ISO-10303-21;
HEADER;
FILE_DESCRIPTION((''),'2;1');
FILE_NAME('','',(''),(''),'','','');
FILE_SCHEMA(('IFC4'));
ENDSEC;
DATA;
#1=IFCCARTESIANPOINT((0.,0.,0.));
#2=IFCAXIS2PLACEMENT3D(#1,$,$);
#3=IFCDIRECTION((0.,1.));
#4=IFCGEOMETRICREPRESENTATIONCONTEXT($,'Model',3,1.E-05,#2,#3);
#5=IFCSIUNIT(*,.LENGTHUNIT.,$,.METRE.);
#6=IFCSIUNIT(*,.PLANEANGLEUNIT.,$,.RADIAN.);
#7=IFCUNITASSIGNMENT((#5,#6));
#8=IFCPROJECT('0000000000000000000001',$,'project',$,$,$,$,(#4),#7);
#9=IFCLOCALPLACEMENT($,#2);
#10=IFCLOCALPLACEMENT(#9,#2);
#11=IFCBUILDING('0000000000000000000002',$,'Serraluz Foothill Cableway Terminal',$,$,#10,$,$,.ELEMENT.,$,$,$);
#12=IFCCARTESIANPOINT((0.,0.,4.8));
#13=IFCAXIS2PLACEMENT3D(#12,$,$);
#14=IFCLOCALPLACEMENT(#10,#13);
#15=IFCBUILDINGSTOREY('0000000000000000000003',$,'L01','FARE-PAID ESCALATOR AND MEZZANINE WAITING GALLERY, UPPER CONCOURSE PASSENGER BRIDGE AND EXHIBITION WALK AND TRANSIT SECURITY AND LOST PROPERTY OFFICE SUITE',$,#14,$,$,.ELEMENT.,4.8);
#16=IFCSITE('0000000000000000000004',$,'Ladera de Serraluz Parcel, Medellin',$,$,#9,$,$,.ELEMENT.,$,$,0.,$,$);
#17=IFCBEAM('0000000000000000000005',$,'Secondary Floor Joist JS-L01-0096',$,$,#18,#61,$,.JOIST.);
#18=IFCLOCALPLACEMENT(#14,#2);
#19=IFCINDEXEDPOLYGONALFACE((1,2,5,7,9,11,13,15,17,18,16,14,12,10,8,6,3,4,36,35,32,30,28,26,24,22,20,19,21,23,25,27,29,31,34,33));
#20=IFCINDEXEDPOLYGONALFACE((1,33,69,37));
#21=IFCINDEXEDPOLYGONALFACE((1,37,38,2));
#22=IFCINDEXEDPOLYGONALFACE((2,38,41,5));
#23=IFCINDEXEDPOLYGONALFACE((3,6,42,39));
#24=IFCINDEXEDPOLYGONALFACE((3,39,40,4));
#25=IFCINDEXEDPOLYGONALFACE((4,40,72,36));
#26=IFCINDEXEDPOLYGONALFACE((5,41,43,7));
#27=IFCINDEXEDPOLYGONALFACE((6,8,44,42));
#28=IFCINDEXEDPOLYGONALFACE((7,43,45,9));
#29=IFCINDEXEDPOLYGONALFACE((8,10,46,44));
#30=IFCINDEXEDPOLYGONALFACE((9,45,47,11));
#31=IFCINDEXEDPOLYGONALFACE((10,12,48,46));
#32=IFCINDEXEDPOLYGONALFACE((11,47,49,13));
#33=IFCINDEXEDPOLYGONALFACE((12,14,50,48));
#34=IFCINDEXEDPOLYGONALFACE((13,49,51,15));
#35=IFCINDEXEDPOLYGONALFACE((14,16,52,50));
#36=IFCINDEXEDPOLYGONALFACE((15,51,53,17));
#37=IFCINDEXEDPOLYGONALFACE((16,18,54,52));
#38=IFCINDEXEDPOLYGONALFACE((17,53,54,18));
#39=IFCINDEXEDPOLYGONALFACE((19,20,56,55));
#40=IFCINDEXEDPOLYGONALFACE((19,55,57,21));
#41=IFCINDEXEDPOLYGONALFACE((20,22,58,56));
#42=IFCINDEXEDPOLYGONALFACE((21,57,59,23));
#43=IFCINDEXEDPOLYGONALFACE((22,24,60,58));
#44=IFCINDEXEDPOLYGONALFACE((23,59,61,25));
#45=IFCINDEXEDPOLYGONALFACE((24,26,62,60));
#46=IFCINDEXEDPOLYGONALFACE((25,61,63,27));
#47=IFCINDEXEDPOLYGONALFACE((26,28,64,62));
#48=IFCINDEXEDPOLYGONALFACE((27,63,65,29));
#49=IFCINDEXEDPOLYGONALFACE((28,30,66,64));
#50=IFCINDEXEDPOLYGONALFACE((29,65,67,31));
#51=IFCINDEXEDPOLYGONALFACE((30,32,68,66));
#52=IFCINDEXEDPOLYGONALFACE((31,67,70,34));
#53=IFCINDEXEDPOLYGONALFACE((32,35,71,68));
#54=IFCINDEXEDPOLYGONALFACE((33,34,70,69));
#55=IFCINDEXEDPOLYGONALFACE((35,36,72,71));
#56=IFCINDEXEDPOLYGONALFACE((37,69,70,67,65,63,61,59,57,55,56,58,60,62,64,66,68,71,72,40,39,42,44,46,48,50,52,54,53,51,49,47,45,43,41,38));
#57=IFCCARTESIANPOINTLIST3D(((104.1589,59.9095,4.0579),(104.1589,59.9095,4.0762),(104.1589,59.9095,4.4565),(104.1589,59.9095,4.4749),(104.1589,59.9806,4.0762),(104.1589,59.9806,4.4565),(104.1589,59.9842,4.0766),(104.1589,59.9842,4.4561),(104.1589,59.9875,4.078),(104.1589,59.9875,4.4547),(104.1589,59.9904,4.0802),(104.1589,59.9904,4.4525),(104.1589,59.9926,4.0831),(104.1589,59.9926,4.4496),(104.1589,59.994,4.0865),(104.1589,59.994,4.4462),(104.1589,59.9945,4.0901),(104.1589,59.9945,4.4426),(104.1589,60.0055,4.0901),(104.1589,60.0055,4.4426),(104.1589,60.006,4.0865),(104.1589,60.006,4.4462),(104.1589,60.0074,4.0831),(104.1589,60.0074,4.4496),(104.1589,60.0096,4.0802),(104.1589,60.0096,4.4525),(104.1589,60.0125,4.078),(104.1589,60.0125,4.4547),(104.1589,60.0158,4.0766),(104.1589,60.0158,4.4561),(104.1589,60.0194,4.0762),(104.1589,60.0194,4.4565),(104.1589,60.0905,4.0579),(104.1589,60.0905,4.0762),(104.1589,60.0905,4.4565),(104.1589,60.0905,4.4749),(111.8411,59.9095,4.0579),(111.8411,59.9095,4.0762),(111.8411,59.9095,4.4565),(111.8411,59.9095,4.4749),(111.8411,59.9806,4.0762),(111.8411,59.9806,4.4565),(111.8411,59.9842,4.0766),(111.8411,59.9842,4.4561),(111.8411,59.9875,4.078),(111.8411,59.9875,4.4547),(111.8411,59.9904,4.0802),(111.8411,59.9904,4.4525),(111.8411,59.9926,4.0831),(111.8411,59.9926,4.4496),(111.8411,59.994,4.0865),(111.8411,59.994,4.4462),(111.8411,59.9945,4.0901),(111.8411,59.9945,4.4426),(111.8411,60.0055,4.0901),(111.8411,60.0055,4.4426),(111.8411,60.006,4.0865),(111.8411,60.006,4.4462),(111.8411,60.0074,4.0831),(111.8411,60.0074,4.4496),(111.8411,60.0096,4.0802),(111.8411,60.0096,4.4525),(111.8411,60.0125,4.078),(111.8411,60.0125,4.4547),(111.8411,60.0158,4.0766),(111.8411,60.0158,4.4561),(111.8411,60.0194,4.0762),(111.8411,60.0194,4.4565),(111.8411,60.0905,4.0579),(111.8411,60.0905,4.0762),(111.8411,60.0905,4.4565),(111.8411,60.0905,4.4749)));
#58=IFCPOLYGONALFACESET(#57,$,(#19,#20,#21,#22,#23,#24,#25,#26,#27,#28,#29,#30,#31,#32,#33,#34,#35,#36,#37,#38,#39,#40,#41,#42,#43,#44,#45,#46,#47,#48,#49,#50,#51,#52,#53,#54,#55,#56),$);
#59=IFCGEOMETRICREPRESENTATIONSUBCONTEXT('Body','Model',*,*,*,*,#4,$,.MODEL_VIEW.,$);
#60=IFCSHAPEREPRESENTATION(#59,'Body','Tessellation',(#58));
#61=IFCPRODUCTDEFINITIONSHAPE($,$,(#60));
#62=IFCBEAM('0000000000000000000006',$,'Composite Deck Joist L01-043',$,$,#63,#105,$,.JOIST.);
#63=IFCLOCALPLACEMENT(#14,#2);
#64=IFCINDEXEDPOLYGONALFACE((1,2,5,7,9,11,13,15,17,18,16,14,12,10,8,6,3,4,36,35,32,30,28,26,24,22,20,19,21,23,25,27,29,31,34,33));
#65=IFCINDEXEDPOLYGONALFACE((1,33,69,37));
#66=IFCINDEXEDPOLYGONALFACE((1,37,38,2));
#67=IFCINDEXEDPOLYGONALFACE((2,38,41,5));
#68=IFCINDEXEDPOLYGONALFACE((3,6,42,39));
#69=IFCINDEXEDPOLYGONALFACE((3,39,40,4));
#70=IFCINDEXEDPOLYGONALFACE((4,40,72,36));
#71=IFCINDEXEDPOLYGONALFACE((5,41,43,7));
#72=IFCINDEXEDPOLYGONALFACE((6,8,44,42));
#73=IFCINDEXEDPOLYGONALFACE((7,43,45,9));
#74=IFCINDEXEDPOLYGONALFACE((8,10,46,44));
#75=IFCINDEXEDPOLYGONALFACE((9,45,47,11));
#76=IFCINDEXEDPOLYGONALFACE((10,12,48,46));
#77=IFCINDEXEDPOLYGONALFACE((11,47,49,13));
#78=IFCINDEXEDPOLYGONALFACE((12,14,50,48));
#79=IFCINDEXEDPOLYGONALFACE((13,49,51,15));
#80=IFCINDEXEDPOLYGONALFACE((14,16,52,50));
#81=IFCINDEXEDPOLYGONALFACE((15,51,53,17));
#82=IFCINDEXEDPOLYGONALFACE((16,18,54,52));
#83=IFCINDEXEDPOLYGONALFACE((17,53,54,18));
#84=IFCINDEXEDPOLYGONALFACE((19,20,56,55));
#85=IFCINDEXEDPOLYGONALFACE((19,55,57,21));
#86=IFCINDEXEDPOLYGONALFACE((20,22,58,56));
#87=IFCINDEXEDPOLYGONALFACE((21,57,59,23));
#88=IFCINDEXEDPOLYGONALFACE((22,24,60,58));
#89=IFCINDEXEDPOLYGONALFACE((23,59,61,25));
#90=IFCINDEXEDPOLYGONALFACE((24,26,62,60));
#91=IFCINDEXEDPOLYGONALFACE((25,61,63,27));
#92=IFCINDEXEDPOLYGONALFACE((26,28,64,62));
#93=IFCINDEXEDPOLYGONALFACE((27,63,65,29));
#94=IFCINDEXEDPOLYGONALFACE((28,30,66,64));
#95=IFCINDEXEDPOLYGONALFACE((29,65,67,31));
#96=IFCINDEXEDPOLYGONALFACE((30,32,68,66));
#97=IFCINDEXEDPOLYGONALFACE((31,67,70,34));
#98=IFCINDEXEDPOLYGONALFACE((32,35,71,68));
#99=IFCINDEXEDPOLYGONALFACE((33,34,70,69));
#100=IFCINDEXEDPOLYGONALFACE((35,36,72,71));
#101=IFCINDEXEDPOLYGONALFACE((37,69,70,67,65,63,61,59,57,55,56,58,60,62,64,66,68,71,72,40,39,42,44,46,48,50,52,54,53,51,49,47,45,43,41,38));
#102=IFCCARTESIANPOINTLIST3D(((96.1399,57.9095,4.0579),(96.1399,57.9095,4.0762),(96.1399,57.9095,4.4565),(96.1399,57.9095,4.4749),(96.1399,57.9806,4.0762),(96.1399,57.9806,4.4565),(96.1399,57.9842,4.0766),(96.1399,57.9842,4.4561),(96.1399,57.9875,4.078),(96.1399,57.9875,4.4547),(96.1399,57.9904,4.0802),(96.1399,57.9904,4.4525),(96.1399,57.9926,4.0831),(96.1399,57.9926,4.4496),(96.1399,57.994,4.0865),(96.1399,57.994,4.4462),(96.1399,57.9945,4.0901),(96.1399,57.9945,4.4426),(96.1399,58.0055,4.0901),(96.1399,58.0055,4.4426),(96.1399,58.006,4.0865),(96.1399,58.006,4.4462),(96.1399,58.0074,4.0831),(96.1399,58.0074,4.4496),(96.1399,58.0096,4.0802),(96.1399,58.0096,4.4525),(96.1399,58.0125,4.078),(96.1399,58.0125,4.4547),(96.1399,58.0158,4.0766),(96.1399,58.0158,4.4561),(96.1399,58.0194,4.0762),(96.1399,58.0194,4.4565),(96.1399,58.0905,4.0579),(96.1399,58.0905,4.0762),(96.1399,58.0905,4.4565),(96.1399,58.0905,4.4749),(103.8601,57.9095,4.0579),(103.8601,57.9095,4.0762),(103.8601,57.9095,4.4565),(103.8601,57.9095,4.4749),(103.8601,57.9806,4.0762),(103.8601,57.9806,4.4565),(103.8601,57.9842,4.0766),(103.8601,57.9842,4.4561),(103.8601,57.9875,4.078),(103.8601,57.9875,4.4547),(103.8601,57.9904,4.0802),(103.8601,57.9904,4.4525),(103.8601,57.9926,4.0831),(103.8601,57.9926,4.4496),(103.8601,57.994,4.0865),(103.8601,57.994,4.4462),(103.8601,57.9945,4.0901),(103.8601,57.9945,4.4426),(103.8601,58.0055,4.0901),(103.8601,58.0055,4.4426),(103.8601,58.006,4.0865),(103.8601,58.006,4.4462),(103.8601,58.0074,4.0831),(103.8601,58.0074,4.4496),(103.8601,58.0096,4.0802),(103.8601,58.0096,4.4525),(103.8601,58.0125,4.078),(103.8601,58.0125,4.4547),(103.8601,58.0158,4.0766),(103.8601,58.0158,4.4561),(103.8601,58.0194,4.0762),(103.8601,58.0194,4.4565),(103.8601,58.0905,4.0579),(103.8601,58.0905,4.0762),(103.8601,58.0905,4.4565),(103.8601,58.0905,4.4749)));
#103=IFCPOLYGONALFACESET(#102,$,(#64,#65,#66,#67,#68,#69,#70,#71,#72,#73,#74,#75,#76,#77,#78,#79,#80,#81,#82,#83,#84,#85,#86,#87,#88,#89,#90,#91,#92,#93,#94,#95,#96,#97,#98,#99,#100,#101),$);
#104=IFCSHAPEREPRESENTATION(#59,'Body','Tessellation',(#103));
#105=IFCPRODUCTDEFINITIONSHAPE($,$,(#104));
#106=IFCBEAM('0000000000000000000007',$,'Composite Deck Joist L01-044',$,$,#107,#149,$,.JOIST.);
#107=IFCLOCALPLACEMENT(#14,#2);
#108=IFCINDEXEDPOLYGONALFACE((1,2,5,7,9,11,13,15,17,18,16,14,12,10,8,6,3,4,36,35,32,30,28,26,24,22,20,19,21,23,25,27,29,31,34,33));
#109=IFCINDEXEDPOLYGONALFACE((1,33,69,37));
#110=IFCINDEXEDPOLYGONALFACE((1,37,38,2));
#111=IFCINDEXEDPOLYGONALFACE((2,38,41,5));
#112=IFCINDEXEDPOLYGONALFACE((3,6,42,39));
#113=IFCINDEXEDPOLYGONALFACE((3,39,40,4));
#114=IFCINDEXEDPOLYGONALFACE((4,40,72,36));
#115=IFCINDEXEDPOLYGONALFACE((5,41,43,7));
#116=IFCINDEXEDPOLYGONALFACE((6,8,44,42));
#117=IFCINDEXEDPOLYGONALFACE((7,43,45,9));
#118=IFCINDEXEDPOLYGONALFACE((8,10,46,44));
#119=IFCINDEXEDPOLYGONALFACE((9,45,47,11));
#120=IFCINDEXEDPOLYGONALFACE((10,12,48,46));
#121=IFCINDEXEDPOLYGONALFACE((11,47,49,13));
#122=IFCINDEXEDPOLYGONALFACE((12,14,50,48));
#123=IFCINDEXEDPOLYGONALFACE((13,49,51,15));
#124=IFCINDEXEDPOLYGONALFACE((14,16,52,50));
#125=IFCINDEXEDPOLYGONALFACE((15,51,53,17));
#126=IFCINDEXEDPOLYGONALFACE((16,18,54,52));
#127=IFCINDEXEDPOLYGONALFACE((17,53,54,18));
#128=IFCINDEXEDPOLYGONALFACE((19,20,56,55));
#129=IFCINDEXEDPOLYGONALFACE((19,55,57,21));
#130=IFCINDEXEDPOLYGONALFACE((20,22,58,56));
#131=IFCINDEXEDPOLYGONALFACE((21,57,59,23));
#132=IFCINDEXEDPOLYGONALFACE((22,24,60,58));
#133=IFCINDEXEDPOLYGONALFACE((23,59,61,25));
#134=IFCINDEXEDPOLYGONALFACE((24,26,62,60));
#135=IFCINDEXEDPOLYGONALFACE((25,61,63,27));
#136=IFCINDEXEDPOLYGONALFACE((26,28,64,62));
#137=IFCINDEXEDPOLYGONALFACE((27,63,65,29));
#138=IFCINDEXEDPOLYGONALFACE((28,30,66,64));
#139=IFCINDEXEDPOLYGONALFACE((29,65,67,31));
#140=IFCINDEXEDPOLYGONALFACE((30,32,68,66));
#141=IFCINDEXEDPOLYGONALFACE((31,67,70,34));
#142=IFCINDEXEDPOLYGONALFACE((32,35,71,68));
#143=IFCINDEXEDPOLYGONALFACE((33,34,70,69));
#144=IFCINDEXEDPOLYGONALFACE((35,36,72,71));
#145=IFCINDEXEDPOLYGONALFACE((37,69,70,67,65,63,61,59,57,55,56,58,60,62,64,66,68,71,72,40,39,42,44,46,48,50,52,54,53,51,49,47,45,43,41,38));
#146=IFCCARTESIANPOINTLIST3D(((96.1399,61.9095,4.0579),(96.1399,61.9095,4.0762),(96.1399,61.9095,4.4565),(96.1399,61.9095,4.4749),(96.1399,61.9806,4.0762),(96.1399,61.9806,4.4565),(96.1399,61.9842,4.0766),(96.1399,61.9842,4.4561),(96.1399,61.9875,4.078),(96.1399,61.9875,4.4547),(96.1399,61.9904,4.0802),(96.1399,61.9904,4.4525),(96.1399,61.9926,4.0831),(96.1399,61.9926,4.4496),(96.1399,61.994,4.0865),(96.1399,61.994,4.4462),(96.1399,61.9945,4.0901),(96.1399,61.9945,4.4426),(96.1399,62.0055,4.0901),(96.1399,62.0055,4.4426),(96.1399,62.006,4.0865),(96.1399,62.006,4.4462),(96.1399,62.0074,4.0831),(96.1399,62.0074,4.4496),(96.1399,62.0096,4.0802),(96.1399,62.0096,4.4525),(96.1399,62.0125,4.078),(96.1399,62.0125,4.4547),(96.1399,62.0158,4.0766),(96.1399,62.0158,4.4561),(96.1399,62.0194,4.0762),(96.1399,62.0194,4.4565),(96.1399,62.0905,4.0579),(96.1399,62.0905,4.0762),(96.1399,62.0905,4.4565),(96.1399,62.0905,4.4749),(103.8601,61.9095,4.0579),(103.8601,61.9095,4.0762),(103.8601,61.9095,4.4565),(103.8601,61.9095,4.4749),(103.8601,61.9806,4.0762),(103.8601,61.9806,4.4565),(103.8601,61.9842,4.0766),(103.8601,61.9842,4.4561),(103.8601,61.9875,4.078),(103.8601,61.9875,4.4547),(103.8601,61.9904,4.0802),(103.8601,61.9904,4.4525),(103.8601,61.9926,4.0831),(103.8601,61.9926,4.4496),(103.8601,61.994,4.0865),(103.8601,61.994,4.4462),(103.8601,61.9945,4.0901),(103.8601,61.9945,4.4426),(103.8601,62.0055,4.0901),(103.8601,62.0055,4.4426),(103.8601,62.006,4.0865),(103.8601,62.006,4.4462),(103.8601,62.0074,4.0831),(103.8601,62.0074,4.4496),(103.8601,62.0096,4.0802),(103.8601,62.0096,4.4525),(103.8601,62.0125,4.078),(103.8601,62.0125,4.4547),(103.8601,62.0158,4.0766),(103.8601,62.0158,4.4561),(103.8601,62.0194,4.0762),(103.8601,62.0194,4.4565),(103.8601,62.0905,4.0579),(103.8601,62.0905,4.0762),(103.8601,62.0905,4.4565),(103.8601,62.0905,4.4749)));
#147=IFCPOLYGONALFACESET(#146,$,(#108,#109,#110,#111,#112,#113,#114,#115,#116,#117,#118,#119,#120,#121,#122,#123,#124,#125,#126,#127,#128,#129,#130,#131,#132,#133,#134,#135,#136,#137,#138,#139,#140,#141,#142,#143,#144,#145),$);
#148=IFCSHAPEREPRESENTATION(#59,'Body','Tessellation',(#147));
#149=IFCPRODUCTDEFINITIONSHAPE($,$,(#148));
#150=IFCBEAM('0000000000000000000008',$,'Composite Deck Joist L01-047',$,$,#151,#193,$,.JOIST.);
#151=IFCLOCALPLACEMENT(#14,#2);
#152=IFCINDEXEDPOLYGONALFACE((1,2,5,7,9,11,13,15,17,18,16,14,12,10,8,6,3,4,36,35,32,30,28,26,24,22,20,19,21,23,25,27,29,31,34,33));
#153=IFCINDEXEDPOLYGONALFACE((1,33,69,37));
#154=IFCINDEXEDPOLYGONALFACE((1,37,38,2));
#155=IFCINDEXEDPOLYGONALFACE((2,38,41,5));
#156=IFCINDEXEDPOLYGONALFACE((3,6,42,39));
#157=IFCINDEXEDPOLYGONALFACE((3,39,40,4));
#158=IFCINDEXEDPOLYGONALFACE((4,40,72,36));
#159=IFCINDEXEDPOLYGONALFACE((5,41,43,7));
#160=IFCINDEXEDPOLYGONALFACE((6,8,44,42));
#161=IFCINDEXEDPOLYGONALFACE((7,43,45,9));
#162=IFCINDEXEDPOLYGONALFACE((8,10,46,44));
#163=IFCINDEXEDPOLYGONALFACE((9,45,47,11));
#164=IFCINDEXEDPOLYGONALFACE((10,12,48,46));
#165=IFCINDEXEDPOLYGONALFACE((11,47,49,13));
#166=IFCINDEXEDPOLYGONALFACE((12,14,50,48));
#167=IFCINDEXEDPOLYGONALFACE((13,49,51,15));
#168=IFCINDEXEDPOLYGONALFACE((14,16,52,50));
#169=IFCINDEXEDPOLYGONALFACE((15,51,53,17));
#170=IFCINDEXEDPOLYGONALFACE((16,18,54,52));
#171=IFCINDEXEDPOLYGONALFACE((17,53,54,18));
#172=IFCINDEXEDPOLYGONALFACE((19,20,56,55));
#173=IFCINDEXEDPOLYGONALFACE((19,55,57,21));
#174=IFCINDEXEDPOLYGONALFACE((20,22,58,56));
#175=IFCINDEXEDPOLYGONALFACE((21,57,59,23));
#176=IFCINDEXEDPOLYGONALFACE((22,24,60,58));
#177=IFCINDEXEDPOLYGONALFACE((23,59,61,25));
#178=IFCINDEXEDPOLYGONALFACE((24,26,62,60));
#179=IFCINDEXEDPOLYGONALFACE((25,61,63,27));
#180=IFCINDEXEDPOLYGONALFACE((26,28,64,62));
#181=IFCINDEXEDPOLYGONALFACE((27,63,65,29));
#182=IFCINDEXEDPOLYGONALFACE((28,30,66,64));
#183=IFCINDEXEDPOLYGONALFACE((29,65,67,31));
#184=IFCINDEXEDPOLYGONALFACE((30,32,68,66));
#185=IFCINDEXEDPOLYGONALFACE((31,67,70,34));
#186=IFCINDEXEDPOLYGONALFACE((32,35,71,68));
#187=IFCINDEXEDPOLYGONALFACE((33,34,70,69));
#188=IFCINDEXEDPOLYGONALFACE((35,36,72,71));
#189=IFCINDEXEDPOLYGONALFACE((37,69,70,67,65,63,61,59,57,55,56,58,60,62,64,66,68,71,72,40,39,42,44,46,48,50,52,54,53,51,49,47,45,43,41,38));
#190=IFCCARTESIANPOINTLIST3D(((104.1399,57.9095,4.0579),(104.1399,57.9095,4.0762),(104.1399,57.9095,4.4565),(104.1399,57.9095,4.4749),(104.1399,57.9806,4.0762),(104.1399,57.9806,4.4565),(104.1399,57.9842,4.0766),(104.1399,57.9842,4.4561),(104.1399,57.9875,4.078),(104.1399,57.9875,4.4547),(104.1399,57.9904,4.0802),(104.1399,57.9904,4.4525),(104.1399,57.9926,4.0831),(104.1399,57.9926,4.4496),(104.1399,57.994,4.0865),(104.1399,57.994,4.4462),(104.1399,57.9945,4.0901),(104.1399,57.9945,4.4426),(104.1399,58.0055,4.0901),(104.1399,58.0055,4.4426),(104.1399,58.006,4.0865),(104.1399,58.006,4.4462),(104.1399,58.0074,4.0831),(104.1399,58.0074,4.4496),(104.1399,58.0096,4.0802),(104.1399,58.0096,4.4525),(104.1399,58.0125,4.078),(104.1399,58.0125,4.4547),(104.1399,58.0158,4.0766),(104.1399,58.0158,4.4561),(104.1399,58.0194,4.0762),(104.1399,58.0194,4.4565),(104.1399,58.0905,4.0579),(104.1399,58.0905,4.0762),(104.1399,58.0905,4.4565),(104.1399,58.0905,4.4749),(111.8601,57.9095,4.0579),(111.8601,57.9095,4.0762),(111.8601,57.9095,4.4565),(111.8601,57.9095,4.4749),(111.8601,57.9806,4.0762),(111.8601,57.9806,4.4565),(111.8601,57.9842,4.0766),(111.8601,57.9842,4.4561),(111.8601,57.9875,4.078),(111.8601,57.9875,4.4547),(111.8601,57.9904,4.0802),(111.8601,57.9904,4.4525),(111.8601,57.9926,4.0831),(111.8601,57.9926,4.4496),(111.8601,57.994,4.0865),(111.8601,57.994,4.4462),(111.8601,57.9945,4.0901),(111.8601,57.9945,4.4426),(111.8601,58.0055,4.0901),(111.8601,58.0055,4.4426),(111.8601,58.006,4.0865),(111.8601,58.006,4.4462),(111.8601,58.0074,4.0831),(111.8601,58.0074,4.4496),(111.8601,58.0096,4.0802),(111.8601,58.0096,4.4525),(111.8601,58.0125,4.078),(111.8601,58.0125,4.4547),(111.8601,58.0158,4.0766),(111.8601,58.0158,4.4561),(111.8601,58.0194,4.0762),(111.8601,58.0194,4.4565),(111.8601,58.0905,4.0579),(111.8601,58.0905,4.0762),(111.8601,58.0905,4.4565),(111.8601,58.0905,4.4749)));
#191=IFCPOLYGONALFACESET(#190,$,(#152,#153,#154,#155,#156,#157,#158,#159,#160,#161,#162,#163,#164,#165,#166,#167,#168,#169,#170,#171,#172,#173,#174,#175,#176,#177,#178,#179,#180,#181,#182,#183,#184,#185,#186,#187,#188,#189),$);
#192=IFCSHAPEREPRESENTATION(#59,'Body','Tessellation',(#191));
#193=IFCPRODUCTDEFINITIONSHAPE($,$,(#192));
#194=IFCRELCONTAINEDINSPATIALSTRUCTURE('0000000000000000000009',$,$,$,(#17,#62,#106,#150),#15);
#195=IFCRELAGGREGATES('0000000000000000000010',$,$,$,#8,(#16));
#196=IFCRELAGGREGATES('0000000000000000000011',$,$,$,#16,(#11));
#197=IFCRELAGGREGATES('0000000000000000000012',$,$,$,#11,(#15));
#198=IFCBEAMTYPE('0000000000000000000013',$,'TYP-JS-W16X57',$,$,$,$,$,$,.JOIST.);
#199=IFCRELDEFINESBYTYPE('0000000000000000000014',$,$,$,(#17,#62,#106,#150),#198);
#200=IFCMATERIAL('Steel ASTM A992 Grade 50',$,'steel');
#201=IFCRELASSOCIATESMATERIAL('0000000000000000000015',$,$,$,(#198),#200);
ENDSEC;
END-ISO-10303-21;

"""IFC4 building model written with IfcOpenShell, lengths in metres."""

from ifc_helpers import new_model, si_unit, direction, frame, origin, origin_2d, place, context, subcontext, project, spatial, i_section, extrude, material, material_profile, profile_set, type_object, element, save


model = new_model("IFC4")

# Units and contexts
model_context = context("Model", 3, precision=1e-05, world=origin(), true_north=direction((0.0, 1.0)))
body_context = subcontext(model_context, "Body", "Model", "MODEL_VIEW")
ifc_project = project(units=[si_unit("LENGTHUNIT", "METRE"), si_unit("PLANEANGLEUNIT", "RADIAN")], contexts=[model_context])

# Site, building, storey
site_placement = place(None, origin())
site = spatial("IfcSite", under=ifc_project, at=site_placement, Name="Ladera de Serraluz Parcel, Medellin", CompositionType="ELEMENT", RefElevation=0.0)
building_placement = place(site_placement, origin())
building = spatial("IfcBuilding", under=site, at=building_placement, Name="Serraluz Foothill Cableway Terminal", CompositionType="ELEMENT")
storey_placement = place(building_placement, frame((0.0, 0.0, 4.8)))
storey = spatial("IfcBuildingStorey", under=building, at=storey_placement, Name="L01", Description="FARE-PAID ESCALATOR AND MEZZANINE WAITING GALLERY, UPPER CONCOURSE PASSENGER BRIDGE AND EXHIBITION WALK AND TRANSIT SECURITY AND LOST PROPERTY OFFICE SUITE", CompositionType="ELEMENT", Elevation=4.8)

# Beams
ifc_material_1 = material(Name="Steel ASTM A992 Grade 50", Category="steel")
ifc_material_profile_1 = material_profile(ifc_material_1, i_section(OverallWidth=0.1809, OverallDepth=0.417, WebThickness=0.011, FlangeThickness=0.0183, FilletRadius=0.0139, at=origin_2d()), Name="W16X57")
ifc_profile_set_1 = profile_set([ifc_material_profile_1], Name="Steel ASTM A992 Grade 50")
beam_type_1 = type_object("IfcBeamType", Name="TYP-JS-W16X57", PredefinedType="JOIST", material=ifc_profile_set_1)
for number, where, z_axis, x_axis, name in (
    (1, (104.1589, 60.0, 4.2664), (1.0, 0.0, 0.0), (0.0, 1.0, 0.0), "Secondary Floor Joist JS-L01-0096"),
):
    element("IfcBeam", number, at=place(storey_placement, frame(where, z_axis=z_axis, x_axis=x_axis)), inside=storey, type_object=beam_type_1, Name=name, PredefinedType="JOIST", context=body_context, shape_type="SweptSolid", body=[
        extrude(i_section(OverallWidth=0.1809, OverallDepth=0.417, WebThickness=0.011, FlangeThickness=0.0183, FilletRadius=0.0139, at=origin_2d()), origin(), (0.0, 0.0, 1.0), 7.6821),
    ])
for number, where, z_axis, x_axis, name in (
    (2, (96.1399, 58.0, 4.2664), (1.0, 0.0, 0.0), (0.0, 1.0, 0.0), "Composite Deck Joist L01-043"),
    (3, (96.1399, 62.0, 4.2664), (1.0, 0.0, 0.0), (0.0, 1.0, 0.0), "Composite Deck Joist L01-044"),
    (4, (104.1399, 58.0, 4.2664), (1.0, 0.0, 0.0), (0.0, 1.0, 0.0), "Composite Deck Joist L01-047"),
):
    element("IfcBeam", number, at=place(storey_placement, frame(where, z_axis=z_axis, x_axis=x_axis)), inside=storey, type_object=beam_type_1, Name=name, PredefinedType="JOIST", context=body_context, shape_type="SweptSolid", body=[
        extrude(i_section(OverallWidth=0.1809, OverallDepth=0.417, WebThickness=0.011, FlangeThickness=0.0183, FilletRadius=0.0139, at=origin_2d()), origin(), (0.0, 0.0, 1.0), 7.7202),
    ])

save(model, "model.ifc")
